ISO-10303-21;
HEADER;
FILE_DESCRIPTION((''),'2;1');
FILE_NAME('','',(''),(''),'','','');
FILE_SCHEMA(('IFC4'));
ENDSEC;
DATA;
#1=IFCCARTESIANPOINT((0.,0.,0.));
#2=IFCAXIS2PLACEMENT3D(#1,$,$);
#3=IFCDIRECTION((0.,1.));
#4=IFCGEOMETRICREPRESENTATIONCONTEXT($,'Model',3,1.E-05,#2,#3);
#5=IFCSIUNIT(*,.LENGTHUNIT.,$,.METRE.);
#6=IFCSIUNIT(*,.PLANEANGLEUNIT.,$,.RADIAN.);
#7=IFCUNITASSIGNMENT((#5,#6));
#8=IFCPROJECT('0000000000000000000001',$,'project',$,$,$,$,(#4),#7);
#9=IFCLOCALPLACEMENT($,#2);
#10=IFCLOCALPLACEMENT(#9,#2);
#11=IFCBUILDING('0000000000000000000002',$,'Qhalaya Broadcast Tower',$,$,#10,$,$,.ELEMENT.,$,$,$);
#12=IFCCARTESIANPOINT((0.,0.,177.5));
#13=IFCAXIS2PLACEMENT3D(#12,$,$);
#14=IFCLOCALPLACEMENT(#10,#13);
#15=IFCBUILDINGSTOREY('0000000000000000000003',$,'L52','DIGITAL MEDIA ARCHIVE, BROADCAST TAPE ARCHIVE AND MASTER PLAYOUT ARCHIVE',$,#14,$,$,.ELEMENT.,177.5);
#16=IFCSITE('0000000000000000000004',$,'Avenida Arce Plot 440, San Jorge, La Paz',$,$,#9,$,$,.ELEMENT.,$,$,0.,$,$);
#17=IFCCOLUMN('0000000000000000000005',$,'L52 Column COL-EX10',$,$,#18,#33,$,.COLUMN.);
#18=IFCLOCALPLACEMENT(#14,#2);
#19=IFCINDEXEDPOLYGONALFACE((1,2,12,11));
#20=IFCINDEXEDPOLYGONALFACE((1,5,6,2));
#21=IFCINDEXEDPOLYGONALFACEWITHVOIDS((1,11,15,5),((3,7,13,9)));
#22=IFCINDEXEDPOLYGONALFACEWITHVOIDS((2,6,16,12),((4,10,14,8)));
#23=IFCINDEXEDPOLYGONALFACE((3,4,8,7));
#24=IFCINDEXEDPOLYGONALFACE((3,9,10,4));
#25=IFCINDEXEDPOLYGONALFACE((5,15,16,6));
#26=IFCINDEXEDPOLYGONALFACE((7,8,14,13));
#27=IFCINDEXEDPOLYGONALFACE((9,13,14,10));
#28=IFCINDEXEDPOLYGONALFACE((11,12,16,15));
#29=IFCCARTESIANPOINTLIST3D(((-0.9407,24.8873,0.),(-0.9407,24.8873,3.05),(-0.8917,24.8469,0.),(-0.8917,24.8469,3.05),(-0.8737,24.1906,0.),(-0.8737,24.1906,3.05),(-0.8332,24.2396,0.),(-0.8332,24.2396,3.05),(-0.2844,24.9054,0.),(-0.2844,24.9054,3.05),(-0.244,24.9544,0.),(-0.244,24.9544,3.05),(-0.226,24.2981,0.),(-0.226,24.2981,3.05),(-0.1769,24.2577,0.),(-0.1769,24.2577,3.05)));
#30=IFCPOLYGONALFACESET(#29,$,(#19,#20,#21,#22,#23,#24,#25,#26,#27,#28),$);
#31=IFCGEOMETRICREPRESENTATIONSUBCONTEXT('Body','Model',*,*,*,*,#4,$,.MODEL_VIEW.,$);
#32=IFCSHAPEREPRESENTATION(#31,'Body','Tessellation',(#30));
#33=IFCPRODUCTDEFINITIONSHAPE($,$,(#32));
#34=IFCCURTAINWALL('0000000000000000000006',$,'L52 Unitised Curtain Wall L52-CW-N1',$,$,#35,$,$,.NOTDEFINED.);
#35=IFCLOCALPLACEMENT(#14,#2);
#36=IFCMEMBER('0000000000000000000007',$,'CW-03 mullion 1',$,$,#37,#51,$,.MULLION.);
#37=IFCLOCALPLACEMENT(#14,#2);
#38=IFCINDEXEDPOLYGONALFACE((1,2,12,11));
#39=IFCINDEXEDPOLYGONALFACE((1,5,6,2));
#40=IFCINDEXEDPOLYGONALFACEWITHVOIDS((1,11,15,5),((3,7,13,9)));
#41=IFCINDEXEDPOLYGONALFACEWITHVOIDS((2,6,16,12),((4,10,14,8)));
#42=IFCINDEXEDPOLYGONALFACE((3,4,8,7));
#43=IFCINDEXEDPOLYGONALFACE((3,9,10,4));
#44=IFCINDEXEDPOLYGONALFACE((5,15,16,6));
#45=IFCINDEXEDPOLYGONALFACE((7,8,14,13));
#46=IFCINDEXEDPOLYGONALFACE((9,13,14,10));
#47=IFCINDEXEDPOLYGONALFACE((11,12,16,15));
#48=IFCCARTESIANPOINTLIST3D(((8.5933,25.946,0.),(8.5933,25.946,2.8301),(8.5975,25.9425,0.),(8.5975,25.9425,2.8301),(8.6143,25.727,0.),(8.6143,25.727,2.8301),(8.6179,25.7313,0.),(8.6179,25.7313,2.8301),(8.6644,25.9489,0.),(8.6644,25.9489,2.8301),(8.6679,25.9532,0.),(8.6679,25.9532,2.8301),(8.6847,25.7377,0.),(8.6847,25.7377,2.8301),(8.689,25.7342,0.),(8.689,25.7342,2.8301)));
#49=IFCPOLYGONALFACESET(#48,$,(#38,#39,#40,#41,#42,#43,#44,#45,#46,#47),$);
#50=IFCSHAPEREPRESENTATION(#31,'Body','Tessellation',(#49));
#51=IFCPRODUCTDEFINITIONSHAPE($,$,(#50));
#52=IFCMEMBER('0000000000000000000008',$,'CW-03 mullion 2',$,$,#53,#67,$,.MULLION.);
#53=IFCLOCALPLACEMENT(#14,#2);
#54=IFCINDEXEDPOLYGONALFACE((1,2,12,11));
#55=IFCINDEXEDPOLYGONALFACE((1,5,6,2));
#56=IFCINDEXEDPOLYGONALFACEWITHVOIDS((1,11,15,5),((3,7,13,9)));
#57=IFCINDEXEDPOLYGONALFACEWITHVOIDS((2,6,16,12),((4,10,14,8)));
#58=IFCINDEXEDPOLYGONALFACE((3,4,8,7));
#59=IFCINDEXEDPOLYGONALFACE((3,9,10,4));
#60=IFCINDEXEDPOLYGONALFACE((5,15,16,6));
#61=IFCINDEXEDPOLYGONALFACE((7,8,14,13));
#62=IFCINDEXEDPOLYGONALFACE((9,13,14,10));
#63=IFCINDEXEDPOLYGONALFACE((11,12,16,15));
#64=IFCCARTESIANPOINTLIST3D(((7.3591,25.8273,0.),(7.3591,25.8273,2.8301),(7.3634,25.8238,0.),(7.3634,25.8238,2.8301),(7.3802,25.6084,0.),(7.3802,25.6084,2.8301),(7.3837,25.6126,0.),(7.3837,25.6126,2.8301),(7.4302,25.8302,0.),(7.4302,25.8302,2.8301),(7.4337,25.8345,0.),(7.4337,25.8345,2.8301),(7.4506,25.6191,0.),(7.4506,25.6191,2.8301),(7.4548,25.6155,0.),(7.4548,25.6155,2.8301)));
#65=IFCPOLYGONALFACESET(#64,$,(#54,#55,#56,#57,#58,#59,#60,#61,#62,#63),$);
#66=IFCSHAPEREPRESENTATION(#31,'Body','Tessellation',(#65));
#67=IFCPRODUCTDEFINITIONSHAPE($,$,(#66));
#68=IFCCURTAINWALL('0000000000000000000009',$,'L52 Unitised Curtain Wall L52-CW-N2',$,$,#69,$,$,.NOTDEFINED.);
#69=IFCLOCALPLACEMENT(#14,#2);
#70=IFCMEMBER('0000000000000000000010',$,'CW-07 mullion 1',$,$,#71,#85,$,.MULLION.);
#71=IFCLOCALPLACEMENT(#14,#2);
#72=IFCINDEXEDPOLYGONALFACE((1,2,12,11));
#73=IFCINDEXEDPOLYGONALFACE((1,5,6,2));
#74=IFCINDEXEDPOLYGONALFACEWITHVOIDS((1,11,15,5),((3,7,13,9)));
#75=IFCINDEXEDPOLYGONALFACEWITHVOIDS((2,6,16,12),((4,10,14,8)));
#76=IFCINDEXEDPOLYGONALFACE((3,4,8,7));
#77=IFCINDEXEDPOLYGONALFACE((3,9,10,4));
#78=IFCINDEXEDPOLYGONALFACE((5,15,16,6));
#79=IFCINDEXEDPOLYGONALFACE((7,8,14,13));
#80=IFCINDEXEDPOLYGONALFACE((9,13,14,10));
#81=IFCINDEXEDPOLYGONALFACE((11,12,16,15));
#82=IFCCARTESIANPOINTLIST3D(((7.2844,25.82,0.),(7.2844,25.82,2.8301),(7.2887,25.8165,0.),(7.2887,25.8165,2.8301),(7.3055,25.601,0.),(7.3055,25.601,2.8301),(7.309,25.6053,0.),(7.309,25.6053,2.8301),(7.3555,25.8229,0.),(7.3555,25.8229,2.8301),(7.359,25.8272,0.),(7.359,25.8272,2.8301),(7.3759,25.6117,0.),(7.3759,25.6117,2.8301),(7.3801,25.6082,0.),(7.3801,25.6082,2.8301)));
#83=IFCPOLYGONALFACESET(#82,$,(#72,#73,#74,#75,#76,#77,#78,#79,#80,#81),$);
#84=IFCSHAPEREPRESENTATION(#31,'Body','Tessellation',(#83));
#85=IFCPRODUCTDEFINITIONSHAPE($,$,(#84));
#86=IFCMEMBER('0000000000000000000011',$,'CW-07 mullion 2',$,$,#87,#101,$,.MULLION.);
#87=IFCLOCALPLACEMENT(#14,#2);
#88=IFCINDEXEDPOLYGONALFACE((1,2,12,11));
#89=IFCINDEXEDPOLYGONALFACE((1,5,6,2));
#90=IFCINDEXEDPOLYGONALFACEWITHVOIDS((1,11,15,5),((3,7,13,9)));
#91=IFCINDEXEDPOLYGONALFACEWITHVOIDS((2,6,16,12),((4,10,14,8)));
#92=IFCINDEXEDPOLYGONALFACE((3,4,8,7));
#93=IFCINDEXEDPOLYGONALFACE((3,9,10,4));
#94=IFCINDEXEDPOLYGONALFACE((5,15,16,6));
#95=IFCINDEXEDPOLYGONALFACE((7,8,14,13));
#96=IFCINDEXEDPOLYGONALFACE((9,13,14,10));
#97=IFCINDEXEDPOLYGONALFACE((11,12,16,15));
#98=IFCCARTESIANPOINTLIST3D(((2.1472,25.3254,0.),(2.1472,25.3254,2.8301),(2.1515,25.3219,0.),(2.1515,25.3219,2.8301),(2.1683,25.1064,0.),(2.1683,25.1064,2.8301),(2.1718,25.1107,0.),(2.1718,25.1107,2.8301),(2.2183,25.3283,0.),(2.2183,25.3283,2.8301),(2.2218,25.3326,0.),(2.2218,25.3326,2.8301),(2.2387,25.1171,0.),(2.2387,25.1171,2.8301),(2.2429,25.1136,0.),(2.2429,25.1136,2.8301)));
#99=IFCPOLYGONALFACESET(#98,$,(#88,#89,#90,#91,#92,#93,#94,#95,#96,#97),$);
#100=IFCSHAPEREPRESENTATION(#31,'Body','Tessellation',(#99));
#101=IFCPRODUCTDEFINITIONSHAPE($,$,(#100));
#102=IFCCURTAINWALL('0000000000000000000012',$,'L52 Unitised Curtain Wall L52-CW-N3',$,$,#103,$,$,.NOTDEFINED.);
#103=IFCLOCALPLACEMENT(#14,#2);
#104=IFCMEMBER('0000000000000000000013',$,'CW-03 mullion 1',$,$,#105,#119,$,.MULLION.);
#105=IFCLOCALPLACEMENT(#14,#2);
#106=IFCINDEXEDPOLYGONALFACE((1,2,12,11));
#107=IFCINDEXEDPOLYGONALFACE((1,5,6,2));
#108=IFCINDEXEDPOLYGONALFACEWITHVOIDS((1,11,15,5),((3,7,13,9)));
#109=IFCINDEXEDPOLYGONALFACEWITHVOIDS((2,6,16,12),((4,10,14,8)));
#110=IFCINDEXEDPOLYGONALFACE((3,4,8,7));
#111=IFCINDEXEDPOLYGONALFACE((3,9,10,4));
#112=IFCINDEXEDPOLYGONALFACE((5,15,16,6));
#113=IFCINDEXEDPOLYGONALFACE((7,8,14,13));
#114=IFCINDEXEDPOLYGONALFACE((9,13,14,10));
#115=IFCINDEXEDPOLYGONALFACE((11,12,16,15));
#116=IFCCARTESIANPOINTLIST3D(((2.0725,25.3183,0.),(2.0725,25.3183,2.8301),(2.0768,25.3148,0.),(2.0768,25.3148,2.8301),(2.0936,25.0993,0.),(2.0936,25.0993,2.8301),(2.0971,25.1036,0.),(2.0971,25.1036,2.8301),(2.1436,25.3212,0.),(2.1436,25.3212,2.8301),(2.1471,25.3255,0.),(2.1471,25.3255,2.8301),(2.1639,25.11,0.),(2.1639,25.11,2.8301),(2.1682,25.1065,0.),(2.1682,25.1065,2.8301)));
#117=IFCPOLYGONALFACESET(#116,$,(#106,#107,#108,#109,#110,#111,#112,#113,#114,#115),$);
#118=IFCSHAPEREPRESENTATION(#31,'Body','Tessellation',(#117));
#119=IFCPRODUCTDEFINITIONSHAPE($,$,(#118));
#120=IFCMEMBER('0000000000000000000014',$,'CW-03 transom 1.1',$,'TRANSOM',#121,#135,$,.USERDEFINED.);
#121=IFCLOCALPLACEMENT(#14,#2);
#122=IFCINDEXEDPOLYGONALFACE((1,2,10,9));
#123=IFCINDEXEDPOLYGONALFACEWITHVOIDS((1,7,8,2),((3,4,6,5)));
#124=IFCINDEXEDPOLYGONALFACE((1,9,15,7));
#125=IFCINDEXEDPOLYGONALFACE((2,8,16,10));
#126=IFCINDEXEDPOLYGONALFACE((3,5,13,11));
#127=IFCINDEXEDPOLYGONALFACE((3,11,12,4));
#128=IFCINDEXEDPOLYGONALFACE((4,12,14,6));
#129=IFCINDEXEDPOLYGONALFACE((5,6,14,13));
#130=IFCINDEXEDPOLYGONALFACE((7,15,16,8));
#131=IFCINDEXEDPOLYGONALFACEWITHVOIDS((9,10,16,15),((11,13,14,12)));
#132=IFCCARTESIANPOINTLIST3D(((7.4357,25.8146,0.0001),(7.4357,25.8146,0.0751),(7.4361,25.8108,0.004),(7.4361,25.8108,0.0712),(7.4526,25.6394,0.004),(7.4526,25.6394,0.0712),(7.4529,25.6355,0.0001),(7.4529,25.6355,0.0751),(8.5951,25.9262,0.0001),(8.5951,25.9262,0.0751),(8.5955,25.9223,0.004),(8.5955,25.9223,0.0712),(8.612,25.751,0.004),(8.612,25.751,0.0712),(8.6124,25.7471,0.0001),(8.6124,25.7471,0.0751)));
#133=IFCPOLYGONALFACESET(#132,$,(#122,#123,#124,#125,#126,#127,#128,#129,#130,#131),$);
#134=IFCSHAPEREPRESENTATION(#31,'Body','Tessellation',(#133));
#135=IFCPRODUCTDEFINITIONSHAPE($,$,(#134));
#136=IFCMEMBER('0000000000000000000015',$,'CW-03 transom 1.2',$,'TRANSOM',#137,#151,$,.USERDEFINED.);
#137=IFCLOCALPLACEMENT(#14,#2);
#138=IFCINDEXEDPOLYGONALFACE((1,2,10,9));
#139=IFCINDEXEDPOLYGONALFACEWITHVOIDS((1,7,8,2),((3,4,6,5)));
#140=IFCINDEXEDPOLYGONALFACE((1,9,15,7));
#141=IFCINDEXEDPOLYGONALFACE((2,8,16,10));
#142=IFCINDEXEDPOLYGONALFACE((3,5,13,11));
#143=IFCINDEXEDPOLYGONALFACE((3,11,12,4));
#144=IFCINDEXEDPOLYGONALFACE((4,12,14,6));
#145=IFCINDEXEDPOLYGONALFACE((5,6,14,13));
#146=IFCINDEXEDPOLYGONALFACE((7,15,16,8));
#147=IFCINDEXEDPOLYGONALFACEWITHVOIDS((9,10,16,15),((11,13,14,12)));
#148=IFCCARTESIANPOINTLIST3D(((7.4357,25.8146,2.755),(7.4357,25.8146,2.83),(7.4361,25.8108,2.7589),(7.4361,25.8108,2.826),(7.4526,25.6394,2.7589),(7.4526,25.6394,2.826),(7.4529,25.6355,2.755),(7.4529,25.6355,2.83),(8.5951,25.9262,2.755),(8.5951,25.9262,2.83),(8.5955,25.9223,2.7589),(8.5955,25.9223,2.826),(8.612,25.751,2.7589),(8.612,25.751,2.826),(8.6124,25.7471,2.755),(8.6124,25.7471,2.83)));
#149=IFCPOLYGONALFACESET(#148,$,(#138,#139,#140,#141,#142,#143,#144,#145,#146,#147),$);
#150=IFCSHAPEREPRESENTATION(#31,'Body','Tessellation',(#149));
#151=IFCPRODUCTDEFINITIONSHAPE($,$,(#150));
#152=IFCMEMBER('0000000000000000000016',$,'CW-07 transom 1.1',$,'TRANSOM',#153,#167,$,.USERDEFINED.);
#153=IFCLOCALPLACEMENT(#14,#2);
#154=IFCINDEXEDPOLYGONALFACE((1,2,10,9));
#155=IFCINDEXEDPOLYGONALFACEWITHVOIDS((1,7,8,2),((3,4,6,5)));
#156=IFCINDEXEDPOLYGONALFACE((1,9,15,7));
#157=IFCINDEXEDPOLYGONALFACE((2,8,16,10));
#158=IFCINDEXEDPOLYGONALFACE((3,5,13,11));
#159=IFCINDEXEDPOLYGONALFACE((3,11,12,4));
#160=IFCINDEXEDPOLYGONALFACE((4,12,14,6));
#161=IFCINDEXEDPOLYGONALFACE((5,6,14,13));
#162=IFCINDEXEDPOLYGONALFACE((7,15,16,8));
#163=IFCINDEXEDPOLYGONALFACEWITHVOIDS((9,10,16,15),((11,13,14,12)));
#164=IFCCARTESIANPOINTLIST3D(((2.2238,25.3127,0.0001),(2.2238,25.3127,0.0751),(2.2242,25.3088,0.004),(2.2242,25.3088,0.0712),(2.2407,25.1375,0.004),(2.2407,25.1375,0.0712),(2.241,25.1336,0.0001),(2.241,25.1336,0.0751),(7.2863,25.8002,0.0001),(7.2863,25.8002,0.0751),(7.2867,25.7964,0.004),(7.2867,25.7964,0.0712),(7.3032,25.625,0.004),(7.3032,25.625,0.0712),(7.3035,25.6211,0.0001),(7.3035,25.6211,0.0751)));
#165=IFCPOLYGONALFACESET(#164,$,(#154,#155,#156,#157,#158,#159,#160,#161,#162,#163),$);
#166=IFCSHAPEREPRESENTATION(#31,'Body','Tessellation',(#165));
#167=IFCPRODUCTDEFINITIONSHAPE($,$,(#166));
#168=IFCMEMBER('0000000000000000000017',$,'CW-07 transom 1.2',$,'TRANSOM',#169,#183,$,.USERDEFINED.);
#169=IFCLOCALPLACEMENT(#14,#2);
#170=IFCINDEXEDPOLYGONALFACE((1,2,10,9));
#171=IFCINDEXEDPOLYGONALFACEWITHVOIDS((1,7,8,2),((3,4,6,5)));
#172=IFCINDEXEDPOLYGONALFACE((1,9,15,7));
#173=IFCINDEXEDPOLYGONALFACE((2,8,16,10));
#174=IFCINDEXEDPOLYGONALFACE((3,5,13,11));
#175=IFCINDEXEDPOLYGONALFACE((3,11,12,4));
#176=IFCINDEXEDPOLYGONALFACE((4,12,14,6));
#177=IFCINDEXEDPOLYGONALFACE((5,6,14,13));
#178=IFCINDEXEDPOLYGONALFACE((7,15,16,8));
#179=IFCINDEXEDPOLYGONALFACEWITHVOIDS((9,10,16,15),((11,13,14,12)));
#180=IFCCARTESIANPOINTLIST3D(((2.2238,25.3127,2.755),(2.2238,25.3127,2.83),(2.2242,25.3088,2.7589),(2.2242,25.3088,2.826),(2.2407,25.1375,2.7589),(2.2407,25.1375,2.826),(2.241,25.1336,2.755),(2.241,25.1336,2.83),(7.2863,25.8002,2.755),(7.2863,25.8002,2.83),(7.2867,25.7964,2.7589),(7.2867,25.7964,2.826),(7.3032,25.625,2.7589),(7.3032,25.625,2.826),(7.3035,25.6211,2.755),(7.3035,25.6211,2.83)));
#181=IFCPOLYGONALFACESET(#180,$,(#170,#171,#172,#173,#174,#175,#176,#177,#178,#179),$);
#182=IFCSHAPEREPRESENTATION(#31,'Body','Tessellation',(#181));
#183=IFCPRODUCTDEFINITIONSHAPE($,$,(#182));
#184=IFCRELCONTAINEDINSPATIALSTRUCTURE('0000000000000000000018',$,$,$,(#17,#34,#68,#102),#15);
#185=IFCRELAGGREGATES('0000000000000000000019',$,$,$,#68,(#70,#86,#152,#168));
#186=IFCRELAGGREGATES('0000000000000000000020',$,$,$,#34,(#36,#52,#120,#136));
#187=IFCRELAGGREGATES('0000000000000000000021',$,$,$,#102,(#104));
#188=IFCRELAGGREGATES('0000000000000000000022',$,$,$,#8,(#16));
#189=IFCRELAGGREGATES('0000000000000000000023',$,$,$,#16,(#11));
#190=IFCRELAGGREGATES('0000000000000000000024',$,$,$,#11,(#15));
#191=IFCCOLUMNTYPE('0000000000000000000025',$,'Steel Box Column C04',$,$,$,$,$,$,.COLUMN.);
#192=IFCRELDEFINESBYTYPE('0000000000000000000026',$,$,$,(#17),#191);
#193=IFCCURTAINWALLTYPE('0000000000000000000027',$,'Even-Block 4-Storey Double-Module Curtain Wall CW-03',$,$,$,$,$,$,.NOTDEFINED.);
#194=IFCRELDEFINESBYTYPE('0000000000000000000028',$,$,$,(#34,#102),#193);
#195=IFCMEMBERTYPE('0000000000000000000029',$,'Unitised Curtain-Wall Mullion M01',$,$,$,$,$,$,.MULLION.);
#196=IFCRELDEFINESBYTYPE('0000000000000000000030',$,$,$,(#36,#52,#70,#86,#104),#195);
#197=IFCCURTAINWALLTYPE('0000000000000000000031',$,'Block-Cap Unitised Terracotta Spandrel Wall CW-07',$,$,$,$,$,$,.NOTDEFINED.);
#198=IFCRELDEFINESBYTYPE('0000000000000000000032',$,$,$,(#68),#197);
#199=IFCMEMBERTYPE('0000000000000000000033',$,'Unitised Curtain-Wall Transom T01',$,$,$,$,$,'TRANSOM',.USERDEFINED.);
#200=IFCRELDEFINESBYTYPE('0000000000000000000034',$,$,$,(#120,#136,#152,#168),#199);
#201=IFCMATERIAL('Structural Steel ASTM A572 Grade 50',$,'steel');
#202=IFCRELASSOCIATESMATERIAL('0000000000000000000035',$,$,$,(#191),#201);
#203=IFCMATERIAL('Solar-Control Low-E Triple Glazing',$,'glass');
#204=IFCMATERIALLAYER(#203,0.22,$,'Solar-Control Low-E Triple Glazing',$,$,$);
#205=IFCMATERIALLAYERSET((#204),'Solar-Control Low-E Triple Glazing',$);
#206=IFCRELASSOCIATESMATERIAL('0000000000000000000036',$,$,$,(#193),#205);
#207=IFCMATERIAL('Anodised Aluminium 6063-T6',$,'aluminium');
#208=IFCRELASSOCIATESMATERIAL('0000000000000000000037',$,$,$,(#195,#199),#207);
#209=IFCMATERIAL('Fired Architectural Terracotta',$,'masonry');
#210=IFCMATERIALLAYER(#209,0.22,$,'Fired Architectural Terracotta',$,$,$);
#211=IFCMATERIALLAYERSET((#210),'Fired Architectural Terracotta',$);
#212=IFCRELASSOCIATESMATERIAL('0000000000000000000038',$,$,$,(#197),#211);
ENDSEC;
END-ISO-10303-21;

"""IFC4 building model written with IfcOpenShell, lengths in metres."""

from ifc_helpers import new_model, si_unit, direction, frame, origin, origin_2d, place, context, subcontext, project, spatial, hollow_rectangle, extrude, material, layer, layer_set, material_profile, profile_set, type_object, element, aggregate, save


model = new_model("IFC4")

# Units and contexts
model_context = context("Model", 3, precision=1e-05, world=origin(), true_north=direction((0.0, 1.0)))
body_context = subcontext(model_context, "Body", "Model", "MODEL_VIEW")
ifc_project = project(units=[si_unit("LENGTHUNIT", "METRE"), si_unit("PLANEANGLEUNIT", "RADIAN")], contexts=[model_context])

# Site, building, storey
site_placement = place(None, origin())
site = spatial("IfcSite", under=ifc_project, at=site_placement, Name="Avenida Arce Plot 440, San Jorge, La Paz", CompositionType="ELEMENT", RefElevation=0.0)
building_placement = place(site_placement, origin())
building = spatial("IfcBuilding", under=site, at=building_placement, Name="Qhalaya Broadcast Tower", CompositionType="ELEMENT")
storey_placement = place(building_placement, frame((0.0, 0.0, 177.5)))
storey = spatial("IfcBuildingStorey", under=building, at=storey_placement, Name="L52", Description="DIGITAL MEDIA ARCHIVE, BROADCAST TAPE ARCHIVE AND MASTER PLAYOUT ARCHIVE", CompositionType="ELEMENT", Elevation=177.5)

# Column
ifc_material_1 = material(Name="Structural Steel ASTM A572 Grade 50", Category="steel")
ifc_material_profile_1 = material_profile(ifc_material_1, hollow_rectangle(XDim=0.7, YDim=0.7, WallThickness=0.0449, at=origin_2d()), Name="BOX 700x700x45")
ifc_profile_set_1 = profile_set([ifc_material_profile_1], Name="Structural Steel ASTM A572 Grade 50")
column_type = type_object("IfcColumnType", Name="Steel Box Column C04", PredefinedType="COLUMN", material=ifc_profile_set_1)
column_placement = place(storey_placement, frame((-0.5588, 24.5725, 0.0), z_axis=(0.0, 0.0, 1.0), x_axis=(0.995396, 0.095846, 0.0)))
element("IfcColumn", 1, at=column_placement, inside=storey, type_object=column_type, Name="L52 Column COL-EX10", PredefinedType="COLUMN", context=body_context, shape_type="SweptSolid", body=[
    extrude(hollow_rectangle(XDim=0.7, YDim=0.7, WallThickness=0.0449, at=origin_2d()), origin(), (0.0, 0.0, 1.0), 3.05),
])

# Curtain walls, members
ifc_material_2 = material(Name="Solar-Control Low-E Triple Glazing", Category="glass")
ifc_layer_1 = layer(ifc_material_2, 0.22, Name="Solar-Control Low-E Triple Glazing")
ifc_layer_set_1 = layer_set([ifc_layer_1], Name="Solar-Control Low-E Triple Glazing")
curtain_wall_type_1 = type_object("IfcCurtainWallType", Name="Even-Block 4-Storey Double-Module Curtain Wall CW-03", PredefinedType="NOTDEFINED", material=ifc_layer_set_1)
curtain_wall_1_placement = place(storey_placement, origin())
curtain_wall_1 = element("IfcCurtainWall", 2, at=curtain_wall_1_placement, inside=storey, type_object=curtain_wall_type_1, Name="L52 Unitised Curtain Wall L52-CW-N1", PredefinedType="NOTDEFINED")
ifc_material_3 = material(Name="Anodised Aluminium 6063-T6", Category="aluminium")
ifc_material_profile_2 = material_profile(ifc_material_3, hollow_rectangle(XDim=0.075, YDim=0.22, WallThickness=0.0039, at=origin_2d()), Name="ALU-MUL 75x220x4")
ifc_profile_set_2 = profile_set([ifc_material_profile_2], Name="Anodised Aluminium 6063-T6")
member_type_1 = type_object("IfcMemberType", Name="Unitised Curtain-Wall Mullion M01", PredefinedType="MULLION", material=ifc_profile_set_2)
member_1_placement = place(storey_placement, frame((8.6411, 25.8401, 0.0), z_axis=(0.0, 0.0, 1.0), x_axis=(-0.995399, -0.095821, 0.0)))
member_1 = element("IfcMember", 3, at=member_1_placement, type_object=member_type_1, Name="CW-03 mullion 1", PredefinedType="MULLION", context=body_context, shape_type="SweptSolid", body=[
    extrude(hollow_rectangle(XDim=0.075, YDim=0.22, WallThickness=0.0039, at=origin_2d()), origin(), (0.0, 0.0, 1.0), 2.8301),
])
member_2_placement = place(storey_placement, frame((7.407, 25.7214, 0.0), z_axis=(0.0, 0.0, 1.0), x_axis=(-0.995399, -0.095821, 0.0)))
member_2 = element("IfcMember", 4, at=member_2_placement, type_object=member_type_1, Name="CW-03 mullion 2", PredefinedType="MULLION", context=body_context, shape_type="SweptSolid", body=[
    extrude(hollow_rectangle(XDim=0.075, YDim=0.22, WallThickness=0.0039, at=origin_2d()), origin(), (0.0, 0.0, 1.0), 2.8301),
])
ifc_material_4 = material(Name="Fired Architectural Terracotta", Category="masonry")
ifc_layer_2 = layer(ifc_material_4, 0.22, Name="Fired Architectural Terracotta")
ifc_layer_set_2 = layer_set([ifc_layer_2], Name="Fired Architectural Terracotta")
curtain_wall_type_2 = type_object("IfcCurtainWallType", Name="Block-Cap Unitised Terracotta Spandrel Wall CW-07", PredefinedType="NOTDEFINED", material=ifc_layer_set_2)
curtain_wall_2_placement = place(storey_placement, origin())
curtain_wall_2 = element("IfcCurtainWall", 5, at=curtain_wall_2_placement, inside=storey, type_object=curtain_wall_type_2, Name="L52 Unitised Curtain Wall L52-CW-N2", PredefinedType="NOTDEFINED")
member_3_placement = place(storey_placement, frame((7.3323, 25.7141, 0.0), z_axis=(0.0, 0.0, 1.0), x_axis=(-0.995395, -0.095855, 0.0)))
member_3 = element("IfcMember", 6, at=member_3_placement, type_object=member_type_1, Name="CW-07 mullion 1", PredefinedType="MULLION", context=body_context, shape_type="SweptSolid", body=[
    extrude(hollow_rectangle(XDim=0.075, YDim=0.22, WallThickness=0.0039, at=origin_2d()), origin(), (0.0, 0.0, 1.0), 2.8301),
])
member_4_placement = place(storey_placement, frame((2.1951, 25.2195, 0.0), z_axis=(0.0, 0.0, 1.0), x_axis=(-0.995395, -0.095855, 0.0)))
member_4 = element("IfcMember", 7, at=member_4_placement, type_object=member_type_1, Name="CW-07 mullion 2", PredefinedType="MULLION", context=body_context, shape_type="SweptSolid", body=[
    extrude(hollow_rectangle(XDim=0.075, YDim=0.22, WallThickness=0.0039, at=origin_2d()), origin(), (0.0, 0.0, 1.0), 2.8301),
])

# Curtain wall, member
curtain_wall_3_placement = place(storey_placement, origin())
curtain_wall_3 = element("IfcCurtainWall", 8, at=curtain_wall_3_placement, inside=storey, type_object=curtain_wall_type_1, Name="L52 Unitised Curtain Wall L52-CW-N3", PredefinedType="NOTDEFINED")
member_5_placement = place(storey_placement, frame((2.1204, 25.2124, 0.0), z_axis=(0.0, 0.0, 1.0), x_axis=(-0.995396, -0.095848, 0.0)))
member_5 = element("IfcMember", 9, at=member_5_placement, type_object=member_type_1, Name="CW-03 mullion 1", PredefinedType="MULLION", context=body_context, shape_type="SweptSolid", body=[
    extrude(hollow_rectangle(XDim=0.075, YDim=0.22, WallThickness=0.0039, at=origin_2d()), origin(), (0.0, 0.0, 1.0), 2.8301),
])

# Members
ifc_material_profile_3 = material_profile(ifc_material_3, hollow_rectangle(XDim=0.075, YDim=0.1799, WallThickness=0.0039, at=origin_2d()), Name="ALU-TRN 75x180x4")
ifc_profile_set_3 = profile_set([ifc_material_profile_3], Name="Anodised Aluminium 6063-T6")
member_type_2 = type_object("IfcMemberType", Name="Unitised Curtain-Wall Transom T01", ElementType="TRANSOM", PredefinedType="USERDEFINED", material=ifc_profile_set_3)
member_6_placement = place(storey_placement, frame((8.6038, 25.8367, 0.0376), z_axis=(-0.995402, -0.095788, 0.0), x_axis=(0.0, 0.0, 1.0)))
member_6 = element("IfcMember", 10, at=member_6_placement, type_object=member_type_2, Name="CW-03 transom 1.1", ObjectType="TRANSOM", PredefinedType="USERDEFINED", context=body_context, shape_type="SweptSolid", body=[
    extrude(hollow_rectangle(XDim=0.075, YDim=0.1799, WallThickness=0.0039, at=origin_2d()), origin(), (0.0, 0.0, 1.0), 1.1648),
])
member_7_placement = place(storey_placement, frame((8.6038, 25.8367, 2.7925), z_axis=(-0.995402, -0.095788, 0.0), x_axis=(0.0, 0.0, 1.0)))
member_7 = element("IfcMember", 11, at=member_7_placement, type_object=member_type_2, Name="CW-03 transom 1.2", ObjectType="TRANSOM", PredefinedType="USERDEFINED", context=body_context, shape_type="SweptSolid", body=[
    extrude(hollow_rectangle(XDim=0.075, YDim=0.1799, WallThickness=0.0039, at=origin_2d()), origin(), (0.0, 0.0, 1.0), 1.1648),
])
member_8_placement = place(storey_placement, frame((7.2949, 25.7107, 0.0376), z_axis=(-0.995395, -0.095862, 0.0), x_axis=(0.0, 0.0, 1.0)))
member_8 = element("IfcMember", 12, at=member_8_placement, type_object=member_type_2, Name="CW-07 transom 1.1", ObjectType="TRANSOM", PredefinedType="USERDEFINED", context=body_context, shape_type="SweptSolid", body=[
    extrude(hollow_rectangle(XDim=0.075, YDim=0.1799, WallThickness=0.0039, at=origin_2d()), origin(), (0.0, 0.0, 1.0), 5.0859),
])
member_9_placement = place(storey_placement, frame((7.2949, 25.7107, 2.7925), z_axis=(-0.995395, -0.095862, 0.0), x_axis=(0.0, 0.0, 1.0)))
member_9 = element("IfcMember", 13, at=member_9_placement, type_object=member_type_2, Name="CW-07 transom 1.2", ObjectType="TRANSOM", PredefinedType="USERDEFINED", context=body_context, shape_type="SweptSolid", body=[
    extrude(hollow_rectangle(XDim=0.075, YDim=0.1799, WallThickness=0.0039, at=origin_2d()), origin(), (0.0, 0.0, 1.0), 5.0859),
])

aggregate(curtain_wall_2, [member_3, member_4, member_8, member_9])
aggregate(curtain_wall_1, [member_1, member_2, member_6, member_7])
aggregate(curtain_wall_3, [member_5])

save(model, "model.ifc")
